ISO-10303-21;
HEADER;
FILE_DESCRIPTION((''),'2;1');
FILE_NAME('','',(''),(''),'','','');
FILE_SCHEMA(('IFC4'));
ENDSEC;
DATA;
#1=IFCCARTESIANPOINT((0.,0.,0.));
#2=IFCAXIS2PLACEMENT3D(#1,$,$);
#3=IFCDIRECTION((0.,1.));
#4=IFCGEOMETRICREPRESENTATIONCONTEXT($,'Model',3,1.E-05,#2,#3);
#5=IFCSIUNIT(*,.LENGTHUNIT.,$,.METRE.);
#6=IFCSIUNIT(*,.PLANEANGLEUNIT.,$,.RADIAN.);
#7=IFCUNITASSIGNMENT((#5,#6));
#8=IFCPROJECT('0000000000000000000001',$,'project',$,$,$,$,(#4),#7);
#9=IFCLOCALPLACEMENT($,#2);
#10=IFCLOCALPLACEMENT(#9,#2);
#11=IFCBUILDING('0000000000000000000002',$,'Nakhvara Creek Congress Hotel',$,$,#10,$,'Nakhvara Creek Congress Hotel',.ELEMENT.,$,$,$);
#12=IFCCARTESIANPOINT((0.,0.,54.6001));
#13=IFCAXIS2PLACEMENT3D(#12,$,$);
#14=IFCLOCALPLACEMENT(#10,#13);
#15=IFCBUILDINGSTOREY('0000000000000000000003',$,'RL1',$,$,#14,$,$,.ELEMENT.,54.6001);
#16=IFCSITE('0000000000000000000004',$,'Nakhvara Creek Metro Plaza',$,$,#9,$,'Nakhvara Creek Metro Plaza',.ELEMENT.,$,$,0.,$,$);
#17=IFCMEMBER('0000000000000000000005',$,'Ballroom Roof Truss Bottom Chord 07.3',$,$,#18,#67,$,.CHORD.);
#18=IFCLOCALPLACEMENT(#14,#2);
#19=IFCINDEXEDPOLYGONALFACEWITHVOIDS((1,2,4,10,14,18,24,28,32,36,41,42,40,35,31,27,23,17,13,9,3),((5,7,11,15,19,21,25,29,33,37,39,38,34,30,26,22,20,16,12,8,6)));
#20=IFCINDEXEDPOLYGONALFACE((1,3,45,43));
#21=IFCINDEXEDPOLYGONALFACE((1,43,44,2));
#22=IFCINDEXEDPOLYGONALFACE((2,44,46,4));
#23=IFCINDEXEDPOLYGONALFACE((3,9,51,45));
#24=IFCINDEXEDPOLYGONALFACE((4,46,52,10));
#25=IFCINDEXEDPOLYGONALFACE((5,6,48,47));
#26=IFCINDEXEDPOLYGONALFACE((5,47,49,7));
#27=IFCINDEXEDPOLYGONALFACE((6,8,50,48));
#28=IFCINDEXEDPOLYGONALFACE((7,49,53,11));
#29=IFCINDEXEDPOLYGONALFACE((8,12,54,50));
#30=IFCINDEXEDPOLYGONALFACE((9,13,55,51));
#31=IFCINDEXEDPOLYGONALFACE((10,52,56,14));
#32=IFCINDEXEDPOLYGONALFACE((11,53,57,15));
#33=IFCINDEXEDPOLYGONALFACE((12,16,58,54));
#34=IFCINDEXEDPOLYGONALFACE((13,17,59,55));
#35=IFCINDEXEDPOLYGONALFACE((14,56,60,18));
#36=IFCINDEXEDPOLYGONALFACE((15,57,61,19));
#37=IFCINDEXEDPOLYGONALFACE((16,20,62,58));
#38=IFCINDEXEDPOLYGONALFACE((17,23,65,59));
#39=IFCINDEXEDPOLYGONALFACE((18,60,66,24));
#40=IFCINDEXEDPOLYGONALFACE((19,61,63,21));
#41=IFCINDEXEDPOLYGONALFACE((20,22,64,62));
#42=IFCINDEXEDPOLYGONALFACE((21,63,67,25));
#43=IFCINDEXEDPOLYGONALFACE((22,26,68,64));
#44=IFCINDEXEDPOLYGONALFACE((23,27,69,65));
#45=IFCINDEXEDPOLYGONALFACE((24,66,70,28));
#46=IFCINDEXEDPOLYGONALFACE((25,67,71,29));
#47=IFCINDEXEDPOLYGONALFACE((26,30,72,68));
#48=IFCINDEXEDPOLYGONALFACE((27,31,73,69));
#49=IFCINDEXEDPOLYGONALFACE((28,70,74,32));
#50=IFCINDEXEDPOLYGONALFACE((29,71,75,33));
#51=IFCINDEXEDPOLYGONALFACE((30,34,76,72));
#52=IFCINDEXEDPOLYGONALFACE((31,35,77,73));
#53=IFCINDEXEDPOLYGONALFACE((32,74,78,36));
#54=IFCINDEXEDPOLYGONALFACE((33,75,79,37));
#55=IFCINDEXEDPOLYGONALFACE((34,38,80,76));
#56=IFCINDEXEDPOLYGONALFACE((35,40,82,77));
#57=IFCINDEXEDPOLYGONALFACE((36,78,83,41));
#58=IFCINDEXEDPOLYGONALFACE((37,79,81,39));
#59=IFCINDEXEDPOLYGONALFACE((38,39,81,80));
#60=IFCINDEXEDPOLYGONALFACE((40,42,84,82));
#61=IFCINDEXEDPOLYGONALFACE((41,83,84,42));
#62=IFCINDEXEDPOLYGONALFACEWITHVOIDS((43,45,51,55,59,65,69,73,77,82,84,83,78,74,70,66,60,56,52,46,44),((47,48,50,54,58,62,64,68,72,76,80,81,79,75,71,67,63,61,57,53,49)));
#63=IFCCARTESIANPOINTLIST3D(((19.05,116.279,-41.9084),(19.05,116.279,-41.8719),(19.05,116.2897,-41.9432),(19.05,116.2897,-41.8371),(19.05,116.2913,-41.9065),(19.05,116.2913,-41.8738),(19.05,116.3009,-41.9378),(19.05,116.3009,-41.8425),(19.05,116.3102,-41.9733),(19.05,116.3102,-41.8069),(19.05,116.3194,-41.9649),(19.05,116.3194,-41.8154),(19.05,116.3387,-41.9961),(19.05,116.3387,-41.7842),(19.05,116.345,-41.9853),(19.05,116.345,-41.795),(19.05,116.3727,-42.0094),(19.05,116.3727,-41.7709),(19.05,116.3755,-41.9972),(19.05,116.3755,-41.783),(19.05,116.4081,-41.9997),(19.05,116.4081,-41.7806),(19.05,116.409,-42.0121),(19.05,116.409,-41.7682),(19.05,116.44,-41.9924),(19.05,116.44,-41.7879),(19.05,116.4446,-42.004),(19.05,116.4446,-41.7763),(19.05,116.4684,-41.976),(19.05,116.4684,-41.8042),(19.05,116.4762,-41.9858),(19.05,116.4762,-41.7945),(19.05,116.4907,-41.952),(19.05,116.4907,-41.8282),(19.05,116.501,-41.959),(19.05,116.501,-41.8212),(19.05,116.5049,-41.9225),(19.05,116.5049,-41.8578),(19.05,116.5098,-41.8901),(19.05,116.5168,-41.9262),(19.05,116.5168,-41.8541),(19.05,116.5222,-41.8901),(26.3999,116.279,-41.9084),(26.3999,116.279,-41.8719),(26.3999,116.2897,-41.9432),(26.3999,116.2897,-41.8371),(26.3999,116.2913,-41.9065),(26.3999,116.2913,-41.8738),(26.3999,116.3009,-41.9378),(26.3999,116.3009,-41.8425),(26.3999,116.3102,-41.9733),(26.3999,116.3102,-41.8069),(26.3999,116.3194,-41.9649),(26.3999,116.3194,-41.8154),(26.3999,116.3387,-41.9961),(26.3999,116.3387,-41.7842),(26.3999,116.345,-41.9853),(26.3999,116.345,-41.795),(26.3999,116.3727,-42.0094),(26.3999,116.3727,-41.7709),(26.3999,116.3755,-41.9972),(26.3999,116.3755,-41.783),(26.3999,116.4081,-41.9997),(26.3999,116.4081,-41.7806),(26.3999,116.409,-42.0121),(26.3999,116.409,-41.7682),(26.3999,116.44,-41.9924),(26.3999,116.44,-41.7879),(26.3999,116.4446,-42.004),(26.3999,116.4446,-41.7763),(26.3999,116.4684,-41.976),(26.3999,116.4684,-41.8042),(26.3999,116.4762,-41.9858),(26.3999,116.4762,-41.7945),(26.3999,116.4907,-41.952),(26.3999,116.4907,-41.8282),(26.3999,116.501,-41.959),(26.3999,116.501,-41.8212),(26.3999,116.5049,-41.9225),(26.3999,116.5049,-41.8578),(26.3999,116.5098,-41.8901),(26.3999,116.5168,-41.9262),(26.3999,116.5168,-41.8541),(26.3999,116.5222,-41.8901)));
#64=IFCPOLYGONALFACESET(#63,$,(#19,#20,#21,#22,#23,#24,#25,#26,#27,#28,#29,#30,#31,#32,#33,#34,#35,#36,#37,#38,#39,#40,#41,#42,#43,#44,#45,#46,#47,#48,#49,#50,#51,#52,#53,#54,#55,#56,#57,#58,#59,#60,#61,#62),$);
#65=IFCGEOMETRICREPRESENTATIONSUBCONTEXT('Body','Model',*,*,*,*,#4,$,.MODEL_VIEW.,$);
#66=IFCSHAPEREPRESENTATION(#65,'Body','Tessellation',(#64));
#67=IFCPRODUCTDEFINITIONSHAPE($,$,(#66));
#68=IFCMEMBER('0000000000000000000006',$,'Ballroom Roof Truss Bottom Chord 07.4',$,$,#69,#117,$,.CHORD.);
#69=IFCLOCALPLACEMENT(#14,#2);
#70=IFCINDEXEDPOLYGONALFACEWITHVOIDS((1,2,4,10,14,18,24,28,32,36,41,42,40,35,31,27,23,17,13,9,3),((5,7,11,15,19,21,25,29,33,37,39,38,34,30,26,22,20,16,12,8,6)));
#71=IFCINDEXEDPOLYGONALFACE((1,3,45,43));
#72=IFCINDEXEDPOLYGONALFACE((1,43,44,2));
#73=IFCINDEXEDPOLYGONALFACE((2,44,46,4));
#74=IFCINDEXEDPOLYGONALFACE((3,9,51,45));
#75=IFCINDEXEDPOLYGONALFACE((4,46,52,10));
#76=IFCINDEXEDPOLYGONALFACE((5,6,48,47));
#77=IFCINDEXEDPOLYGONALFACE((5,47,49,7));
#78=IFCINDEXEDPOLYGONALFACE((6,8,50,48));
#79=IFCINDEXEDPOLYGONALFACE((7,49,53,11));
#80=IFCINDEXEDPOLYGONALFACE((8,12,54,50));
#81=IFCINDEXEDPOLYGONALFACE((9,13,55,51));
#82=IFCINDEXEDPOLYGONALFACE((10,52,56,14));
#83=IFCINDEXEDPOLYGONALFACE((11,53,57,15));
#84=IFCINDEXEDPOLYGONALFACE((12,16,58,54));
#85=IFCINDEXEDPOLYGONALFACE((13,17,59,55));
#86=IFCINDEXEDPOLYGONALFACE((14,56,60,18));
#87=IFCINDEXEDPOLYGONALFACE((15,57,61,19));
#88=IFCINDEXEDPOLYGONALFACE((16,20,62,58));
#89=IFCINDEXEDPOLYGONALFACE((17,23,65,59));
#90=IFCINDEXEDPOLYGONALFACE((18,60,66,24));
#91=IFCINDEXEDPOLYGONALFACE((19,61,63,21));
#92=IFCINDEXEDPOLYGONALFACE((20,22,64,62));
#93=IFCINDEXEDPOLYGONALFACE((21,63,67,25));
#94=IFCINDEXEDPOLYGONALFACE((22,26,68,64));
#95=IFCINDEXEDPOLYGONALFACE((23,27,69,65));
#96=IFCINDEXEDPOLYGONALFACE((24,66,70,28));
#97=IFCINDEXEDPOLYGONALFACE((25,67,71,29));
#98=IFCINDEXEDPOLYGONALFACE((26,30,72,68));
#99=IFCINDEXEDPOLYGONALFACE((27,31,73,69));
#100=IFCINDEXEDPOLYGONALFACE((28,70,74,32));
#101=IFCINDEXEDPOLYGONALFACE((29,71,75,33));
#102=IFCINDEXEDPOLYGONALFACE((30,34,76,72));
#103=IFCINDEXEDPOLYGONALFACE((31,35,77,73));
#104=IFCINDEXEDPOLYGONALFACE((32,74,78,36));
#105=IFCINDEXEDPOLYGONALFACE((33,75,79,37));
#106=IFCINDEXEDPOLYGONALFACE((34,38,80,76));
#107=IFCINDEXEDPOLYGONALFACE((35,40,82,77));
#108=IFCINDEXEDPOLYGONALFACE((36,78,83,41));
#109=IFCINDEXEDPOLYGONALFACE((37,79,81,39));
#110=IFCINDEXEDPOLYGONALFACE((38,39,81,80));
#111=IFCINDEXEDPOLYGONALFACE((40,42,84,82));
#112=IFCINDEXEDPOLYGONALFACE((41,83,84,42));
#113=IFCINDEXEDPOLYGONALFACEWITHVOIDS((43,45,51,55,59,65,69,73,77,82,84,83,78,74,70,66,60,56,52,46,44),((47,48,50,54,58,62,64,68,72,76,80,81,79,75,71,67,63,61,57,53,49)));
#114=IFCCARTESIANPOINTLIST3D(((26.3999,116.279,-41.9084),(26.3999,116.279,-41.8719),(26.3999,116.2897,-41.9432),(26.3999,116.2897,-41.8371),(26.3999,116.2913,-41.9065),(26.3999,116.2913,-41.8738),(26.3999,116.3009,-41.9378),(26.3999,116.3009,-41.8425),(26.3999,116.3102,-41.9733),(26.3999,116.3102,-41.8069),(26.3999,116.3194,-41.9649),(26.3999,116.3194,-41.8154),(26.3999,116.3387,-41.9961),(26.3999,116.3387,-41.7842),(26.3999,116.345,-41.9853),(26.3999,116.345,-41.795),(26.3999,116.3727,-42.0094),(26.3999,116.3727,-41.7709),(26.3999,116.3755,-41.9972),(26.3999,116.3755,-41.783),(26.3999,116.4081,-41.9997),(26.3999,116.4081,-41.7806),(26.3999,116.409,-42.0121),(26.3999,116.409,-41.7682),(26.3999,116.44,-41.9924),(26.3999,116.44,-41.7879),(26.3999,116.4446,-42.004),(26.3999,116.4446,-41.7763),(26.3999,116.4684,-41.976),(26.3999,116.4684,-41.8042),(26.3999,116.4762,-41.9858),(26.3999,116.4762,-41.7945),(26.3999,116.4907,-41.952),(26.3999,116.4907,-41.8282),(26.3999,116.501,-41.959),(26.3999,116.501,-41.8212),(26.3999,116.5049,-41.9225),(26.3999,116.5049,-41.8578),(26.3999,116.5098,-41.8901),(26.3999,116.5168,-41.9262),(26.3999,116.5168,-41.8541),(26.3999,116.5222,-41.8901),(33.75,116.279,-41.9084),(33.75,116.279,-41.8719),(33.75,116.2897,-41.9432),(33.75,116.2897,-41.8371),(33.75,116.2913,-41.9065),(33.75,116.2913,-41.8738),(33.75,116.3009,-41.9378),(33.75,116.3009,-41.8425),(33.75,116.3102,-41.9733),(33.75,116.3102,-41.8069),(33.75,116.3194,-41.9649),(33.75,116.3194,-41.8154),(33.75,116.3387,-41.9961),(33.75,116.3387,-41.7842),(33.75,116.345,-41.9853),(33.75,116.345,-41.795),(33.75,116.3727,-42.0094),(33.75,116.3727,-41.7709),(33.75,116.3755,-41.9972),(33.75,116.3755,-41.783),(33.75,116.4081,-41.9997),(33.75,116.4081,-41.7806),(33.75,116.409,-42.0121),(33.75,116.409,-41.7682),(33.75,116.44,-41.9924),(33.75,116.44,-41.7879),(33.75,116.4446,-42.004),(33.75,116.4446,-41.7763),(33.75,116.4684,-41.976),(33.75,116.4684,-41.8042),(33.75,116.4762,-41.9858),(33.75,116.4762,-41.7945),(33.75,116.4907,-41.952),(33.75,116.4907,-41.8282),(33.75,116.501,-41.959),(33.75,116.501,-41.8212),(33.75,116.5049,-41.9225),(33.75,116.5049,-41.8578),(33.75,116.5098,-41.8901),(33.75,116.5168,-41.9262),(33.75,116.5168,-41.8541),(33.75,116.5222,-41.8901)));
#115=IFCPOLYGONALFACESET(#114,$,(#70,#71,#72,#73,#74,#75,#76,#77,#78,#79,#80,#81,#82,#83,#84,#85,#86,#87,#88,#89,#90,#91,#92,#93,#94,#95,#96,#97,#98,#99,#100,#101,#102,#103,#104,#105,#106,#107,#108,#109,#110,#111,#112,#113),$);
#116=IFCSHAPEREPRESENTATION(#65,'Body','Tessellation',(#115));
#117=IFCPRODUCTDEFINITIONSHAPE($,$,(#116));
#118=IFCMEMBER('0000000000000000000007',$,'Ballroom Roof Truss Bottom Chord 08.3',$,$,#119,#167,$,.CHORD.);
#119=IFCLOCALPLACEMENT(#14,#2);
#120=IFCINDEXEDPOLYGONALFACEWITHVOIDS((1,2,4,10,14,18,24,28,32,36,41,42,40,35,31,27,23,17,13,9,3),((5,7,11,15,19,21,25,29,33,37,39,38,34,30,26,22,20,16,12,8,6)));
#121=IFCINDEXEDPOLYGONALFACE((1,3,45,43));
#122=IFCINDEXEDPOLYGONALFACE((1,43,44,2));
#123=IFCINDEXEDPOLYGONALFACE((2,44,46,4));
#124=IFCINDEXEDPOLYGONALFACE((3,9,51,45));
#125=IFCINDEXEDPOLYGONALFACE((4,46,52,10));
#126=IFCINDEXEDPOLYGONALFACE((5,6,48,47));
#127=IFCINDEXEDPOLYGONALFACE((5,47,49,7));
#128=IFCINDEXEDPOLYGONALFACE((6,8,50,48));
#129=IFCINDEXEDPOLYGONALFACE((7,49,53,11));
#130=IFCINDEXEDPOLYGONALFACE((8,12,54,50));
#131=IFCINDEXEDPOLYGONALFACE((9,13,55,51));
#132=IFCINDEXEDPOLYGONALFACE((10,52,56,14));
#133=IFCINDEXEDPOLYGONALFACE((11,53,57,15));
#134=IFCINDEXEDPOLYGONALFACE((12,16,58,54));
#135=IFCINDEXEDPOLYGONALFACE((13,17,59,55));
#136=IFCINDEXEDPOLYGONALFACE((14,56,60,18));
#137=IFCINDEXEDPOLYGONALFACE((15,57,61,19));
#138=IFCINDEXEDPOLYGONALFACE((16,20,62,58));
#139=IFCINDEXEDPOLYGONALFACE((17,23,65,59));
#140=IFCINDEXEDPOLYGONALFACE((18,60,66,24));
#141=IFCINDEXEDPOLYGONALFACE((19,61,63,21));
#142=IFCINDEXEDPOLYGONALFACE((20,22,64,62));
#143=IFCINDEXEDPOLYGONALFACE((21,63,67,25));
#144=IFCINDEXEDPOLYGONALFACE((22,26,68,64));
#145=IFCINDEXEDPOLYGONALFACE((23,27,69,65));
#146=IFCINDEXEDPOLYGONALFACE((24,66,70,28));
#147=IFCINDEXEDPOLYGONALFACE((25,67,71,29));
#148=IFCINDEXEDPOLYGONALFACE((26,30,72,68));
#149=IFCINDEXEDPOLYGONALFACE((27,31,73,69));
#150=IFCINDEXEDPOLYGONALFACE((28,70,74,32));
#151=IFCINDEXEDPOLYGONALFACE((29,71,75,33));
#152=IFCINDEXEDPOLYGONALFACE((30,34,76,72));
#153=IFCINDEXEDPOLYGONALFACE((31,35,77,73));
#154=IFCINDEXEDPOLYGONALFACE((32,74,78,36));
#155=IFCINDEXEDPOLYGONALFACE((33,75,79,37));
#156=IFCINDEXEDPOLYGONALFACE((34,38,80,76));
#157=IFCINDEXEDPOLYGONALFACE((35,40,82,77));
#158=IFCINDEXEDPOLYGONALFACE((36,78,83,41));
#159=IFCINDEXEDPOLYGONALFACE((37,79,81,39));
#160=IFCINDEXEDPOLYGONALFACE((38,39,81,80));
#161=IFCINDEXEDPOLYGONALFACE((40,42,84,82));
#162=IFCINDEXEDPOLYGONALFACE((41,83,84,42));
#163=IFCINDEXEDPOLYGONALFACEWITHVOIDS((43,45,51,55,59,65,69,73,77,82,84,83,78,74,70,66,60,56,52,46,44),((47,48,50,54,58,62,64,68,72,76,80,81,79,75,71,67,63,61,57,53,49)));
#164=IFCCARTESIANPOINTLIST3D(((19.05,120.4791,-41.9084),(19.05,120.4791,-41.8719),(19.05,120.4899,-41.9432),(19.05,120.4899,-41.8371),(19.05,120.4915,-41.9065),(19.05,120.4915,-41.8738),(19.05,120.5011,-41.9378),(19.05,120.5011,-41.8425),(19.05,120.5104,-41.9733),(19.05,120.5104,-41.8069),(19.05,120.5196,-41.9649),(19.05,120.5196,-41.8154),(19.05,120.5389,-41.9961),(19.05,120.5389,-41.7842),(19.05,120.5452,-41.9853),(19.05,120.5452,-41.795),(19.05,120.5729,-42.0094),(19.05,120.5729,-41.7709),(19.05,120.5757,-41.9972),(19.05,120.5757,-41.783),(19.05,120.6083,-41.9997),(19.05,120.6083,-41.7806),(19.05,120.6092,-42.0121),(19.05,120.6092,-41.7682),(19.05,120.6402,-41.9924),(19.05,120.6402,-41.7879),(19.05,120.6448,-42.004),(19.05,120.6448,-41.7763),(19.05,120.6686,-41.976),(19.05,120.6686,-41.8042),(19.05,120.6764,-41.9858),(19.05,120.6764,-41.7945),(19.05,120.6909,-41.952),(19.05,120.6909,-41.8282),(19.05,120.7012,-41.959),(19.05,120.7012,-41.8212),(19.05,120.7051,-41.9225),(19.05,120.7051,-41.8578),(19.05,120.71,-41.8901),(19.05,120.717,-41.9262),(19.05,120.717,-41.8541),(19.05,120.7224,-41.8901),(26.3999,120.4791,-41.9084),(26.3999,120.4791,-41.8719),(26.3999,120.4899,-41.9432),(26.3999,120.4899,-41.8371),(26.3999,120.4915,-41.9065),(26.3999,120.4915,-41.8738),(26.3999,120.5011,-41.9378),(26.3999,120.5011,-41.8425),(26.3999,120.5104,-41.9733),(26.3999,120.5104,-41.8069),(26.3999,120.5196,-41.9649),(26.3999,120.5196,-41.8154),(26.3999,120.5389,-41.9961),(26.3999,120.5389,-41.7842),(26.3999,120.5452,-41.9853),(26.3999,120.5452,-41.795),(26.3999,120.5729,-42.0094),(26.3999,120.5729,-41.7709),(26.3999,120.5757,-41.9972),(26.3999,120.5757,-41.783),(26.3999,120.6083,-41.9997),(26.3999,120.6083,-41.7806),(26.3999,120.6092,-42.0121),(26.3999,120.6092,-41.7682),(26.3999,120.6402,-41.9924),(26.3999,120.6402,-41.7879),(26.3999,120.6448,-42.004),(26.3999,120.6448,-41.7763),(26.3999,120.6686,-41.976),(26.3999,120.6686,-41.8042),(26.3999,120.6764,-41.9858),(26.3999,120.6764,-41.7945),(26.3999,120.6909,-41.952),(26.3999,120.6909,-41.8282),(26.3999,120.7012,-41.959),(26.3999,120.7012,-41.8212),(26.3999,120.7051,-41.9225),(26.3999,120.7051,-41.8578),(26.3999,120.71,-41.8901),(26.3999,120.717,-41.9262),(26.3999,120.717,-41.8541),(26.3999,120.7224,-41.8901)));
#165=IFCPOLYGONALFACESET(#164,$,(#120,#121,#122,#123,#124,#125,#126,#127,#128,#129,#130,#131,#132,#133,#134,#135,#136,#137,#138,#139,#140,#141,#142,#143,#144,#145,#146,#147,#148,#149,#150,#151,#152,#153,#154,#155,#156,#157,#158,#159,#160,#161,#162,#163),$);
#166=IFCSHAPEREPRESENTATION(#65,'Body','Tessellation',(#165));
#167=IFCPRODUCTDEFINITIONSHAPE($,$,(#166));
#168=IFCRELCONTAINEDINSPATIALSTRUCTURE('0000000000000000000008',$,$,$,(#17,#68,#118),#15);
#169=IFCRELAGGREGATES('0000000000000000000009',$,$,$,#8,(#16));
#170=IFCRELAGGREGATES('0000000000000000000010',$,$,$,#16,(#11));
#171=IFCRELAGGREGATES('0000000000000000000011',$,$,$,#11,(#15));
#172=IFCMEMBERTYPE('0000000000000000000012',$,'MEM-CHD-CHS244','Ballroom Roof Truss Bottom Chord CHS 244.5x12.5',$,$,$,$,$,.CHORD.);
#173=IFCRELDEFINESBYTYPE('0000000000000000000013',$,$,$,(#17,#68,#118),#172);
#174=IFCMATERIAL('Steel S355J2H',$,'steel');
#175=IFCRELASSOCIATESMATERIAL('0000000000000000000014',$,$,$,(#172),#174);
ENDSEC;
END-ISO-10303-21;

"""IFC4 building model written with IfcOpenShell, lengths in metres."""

from ifc_helpers import new_model, si_unit, direction, frame, origin, origin_2d, place, context, subcontext, project, spatial, hollow_circle, extrude, material, material_profile, profile_set, type_object, element, save


model = new_model("IFC4")

# Units and contexts
model_context = context("Model", 3, precision=1e-05, world=origin(), true_north=direction((0.0, 1.0)))
body_context = subcontext(model_context, "Body", "Model", "MODEL_VIEW")
ifc_project = project(units=[si_unit("LENGTHUNIT", "METRE"), si_unit("PLANEANGLEUNIT", "RADIAN")], contexts=[model_context])

# Site, building, storey
site_placement = place(None, origin())
site = spatial("IfcSite", under=ifc_project, at=site_placement, Name="Nakhvara Creek Metro Plaza", LongName="Nakhvara Creek Metro Plaza", CompositionType="ELEMENT", RefElevation=0.0)
building_placement = place(site_placement, origin())
building = spatial("IfcBuilding", under=site, at=building_placement, Name="Nakhvara Creek Congress Hotel", LongName="Nakhvara Creek Congress Hotel", CompositionType="ELEMENT")
storey_placement = place(building_placement, frame((0.0, 0.0, 54.6001)))
storey = spatial("IfcBuildingStorey", under=building, at=storey_placement, Name="RL1", CompositionType="ELEMENT", Elevation=54.6001)

# Members
ifc_material_1 = material(Name="Steel S355J2H", Category="steel")
ifc_material_profile_1 = material_profile(ifc_material_1, hollow_circle(Radius=0.1223, WallThickness=0.0125, at=origin_2d()), Name="CHS 244.5x12.5", Category="LoadBearing")
ifc_profile_set_1 = profile_set([ifc_material_profile_1], Name="Steel S355J2H")
member_type_1 = type_object("IfcMemberType", Name="MEM-CHD-CHS244", Description="Ballroom Roof Truss Bottom Chord CHS 244.5x12.5", PredefinedType="CHORD", material=ifc_profile_set_1)
member_1_placement = place(storey_placement, frame((19.05, 116.3999, -41.8901), z_axis=(1.0, 0.0, 0.0), x_axis=(0.0, 1.0, 0.0)))
element("IfcMember", 1, at=member_1_placement, inside=storey, type_object=member_type_1, Name="Ballroom Roof Truss Bottom Chord 07.3", PredefinedType="CHORD", context=body_context, shape_type="SweptSolid", body=[
    extrude(hollow_circle(Radius=0.1223, WallThickness=0.0125, at=origin_2d()), origin(), (0.0, 0.0, 1.0), 7.3499),
])
member_2_placement = place(storey_placement, frame((26.3999, 116.3999, -41.8901), z_axis=(1.0, 0.0, 0.0), x_axis=(0.0, 1.0, 0.0)))
element("IfcMember", 2, at=member_2_placement, inside=storey, type_object=member_type_1, Name="Ballroom Roof Truss Bottom Chord 07.4", PredefinedType="CHORD", context=body_context, shape_type="SweptSolid", body=[
    extrude(hollow_circle(Radius=0.1223, WallThickness=0.0125, at=origin_2d()), origin(), (0.0, 0.0, 1.0), 7.3501),
])
for number, where, z_axis, x_axis, name in (
    (3, (19.05, 120.6001, -41.8901), (1.0, 0.0, 0.0), (0.0, 1.0, 0.0), "Ballroom Roof Truss Bottom Chord 08.3"),
):
    element("IfcMember", number, at=place(storey_placement, frame(where, z_axis=z_axis, x_axis=x_axis)), inside=storey, type_object=member_type_1, Name=name, PredefinedType="CHORD", context=body_context, shape_type="SweptSolid", body=[
        extrude(hollow_circle(Radius=0.1223, WallThickness=0.0125, at=origin_2d()), origin(), (0.0, 0.0, 1.0), 7.3499),
    ])

save(model, "model.ifc")
